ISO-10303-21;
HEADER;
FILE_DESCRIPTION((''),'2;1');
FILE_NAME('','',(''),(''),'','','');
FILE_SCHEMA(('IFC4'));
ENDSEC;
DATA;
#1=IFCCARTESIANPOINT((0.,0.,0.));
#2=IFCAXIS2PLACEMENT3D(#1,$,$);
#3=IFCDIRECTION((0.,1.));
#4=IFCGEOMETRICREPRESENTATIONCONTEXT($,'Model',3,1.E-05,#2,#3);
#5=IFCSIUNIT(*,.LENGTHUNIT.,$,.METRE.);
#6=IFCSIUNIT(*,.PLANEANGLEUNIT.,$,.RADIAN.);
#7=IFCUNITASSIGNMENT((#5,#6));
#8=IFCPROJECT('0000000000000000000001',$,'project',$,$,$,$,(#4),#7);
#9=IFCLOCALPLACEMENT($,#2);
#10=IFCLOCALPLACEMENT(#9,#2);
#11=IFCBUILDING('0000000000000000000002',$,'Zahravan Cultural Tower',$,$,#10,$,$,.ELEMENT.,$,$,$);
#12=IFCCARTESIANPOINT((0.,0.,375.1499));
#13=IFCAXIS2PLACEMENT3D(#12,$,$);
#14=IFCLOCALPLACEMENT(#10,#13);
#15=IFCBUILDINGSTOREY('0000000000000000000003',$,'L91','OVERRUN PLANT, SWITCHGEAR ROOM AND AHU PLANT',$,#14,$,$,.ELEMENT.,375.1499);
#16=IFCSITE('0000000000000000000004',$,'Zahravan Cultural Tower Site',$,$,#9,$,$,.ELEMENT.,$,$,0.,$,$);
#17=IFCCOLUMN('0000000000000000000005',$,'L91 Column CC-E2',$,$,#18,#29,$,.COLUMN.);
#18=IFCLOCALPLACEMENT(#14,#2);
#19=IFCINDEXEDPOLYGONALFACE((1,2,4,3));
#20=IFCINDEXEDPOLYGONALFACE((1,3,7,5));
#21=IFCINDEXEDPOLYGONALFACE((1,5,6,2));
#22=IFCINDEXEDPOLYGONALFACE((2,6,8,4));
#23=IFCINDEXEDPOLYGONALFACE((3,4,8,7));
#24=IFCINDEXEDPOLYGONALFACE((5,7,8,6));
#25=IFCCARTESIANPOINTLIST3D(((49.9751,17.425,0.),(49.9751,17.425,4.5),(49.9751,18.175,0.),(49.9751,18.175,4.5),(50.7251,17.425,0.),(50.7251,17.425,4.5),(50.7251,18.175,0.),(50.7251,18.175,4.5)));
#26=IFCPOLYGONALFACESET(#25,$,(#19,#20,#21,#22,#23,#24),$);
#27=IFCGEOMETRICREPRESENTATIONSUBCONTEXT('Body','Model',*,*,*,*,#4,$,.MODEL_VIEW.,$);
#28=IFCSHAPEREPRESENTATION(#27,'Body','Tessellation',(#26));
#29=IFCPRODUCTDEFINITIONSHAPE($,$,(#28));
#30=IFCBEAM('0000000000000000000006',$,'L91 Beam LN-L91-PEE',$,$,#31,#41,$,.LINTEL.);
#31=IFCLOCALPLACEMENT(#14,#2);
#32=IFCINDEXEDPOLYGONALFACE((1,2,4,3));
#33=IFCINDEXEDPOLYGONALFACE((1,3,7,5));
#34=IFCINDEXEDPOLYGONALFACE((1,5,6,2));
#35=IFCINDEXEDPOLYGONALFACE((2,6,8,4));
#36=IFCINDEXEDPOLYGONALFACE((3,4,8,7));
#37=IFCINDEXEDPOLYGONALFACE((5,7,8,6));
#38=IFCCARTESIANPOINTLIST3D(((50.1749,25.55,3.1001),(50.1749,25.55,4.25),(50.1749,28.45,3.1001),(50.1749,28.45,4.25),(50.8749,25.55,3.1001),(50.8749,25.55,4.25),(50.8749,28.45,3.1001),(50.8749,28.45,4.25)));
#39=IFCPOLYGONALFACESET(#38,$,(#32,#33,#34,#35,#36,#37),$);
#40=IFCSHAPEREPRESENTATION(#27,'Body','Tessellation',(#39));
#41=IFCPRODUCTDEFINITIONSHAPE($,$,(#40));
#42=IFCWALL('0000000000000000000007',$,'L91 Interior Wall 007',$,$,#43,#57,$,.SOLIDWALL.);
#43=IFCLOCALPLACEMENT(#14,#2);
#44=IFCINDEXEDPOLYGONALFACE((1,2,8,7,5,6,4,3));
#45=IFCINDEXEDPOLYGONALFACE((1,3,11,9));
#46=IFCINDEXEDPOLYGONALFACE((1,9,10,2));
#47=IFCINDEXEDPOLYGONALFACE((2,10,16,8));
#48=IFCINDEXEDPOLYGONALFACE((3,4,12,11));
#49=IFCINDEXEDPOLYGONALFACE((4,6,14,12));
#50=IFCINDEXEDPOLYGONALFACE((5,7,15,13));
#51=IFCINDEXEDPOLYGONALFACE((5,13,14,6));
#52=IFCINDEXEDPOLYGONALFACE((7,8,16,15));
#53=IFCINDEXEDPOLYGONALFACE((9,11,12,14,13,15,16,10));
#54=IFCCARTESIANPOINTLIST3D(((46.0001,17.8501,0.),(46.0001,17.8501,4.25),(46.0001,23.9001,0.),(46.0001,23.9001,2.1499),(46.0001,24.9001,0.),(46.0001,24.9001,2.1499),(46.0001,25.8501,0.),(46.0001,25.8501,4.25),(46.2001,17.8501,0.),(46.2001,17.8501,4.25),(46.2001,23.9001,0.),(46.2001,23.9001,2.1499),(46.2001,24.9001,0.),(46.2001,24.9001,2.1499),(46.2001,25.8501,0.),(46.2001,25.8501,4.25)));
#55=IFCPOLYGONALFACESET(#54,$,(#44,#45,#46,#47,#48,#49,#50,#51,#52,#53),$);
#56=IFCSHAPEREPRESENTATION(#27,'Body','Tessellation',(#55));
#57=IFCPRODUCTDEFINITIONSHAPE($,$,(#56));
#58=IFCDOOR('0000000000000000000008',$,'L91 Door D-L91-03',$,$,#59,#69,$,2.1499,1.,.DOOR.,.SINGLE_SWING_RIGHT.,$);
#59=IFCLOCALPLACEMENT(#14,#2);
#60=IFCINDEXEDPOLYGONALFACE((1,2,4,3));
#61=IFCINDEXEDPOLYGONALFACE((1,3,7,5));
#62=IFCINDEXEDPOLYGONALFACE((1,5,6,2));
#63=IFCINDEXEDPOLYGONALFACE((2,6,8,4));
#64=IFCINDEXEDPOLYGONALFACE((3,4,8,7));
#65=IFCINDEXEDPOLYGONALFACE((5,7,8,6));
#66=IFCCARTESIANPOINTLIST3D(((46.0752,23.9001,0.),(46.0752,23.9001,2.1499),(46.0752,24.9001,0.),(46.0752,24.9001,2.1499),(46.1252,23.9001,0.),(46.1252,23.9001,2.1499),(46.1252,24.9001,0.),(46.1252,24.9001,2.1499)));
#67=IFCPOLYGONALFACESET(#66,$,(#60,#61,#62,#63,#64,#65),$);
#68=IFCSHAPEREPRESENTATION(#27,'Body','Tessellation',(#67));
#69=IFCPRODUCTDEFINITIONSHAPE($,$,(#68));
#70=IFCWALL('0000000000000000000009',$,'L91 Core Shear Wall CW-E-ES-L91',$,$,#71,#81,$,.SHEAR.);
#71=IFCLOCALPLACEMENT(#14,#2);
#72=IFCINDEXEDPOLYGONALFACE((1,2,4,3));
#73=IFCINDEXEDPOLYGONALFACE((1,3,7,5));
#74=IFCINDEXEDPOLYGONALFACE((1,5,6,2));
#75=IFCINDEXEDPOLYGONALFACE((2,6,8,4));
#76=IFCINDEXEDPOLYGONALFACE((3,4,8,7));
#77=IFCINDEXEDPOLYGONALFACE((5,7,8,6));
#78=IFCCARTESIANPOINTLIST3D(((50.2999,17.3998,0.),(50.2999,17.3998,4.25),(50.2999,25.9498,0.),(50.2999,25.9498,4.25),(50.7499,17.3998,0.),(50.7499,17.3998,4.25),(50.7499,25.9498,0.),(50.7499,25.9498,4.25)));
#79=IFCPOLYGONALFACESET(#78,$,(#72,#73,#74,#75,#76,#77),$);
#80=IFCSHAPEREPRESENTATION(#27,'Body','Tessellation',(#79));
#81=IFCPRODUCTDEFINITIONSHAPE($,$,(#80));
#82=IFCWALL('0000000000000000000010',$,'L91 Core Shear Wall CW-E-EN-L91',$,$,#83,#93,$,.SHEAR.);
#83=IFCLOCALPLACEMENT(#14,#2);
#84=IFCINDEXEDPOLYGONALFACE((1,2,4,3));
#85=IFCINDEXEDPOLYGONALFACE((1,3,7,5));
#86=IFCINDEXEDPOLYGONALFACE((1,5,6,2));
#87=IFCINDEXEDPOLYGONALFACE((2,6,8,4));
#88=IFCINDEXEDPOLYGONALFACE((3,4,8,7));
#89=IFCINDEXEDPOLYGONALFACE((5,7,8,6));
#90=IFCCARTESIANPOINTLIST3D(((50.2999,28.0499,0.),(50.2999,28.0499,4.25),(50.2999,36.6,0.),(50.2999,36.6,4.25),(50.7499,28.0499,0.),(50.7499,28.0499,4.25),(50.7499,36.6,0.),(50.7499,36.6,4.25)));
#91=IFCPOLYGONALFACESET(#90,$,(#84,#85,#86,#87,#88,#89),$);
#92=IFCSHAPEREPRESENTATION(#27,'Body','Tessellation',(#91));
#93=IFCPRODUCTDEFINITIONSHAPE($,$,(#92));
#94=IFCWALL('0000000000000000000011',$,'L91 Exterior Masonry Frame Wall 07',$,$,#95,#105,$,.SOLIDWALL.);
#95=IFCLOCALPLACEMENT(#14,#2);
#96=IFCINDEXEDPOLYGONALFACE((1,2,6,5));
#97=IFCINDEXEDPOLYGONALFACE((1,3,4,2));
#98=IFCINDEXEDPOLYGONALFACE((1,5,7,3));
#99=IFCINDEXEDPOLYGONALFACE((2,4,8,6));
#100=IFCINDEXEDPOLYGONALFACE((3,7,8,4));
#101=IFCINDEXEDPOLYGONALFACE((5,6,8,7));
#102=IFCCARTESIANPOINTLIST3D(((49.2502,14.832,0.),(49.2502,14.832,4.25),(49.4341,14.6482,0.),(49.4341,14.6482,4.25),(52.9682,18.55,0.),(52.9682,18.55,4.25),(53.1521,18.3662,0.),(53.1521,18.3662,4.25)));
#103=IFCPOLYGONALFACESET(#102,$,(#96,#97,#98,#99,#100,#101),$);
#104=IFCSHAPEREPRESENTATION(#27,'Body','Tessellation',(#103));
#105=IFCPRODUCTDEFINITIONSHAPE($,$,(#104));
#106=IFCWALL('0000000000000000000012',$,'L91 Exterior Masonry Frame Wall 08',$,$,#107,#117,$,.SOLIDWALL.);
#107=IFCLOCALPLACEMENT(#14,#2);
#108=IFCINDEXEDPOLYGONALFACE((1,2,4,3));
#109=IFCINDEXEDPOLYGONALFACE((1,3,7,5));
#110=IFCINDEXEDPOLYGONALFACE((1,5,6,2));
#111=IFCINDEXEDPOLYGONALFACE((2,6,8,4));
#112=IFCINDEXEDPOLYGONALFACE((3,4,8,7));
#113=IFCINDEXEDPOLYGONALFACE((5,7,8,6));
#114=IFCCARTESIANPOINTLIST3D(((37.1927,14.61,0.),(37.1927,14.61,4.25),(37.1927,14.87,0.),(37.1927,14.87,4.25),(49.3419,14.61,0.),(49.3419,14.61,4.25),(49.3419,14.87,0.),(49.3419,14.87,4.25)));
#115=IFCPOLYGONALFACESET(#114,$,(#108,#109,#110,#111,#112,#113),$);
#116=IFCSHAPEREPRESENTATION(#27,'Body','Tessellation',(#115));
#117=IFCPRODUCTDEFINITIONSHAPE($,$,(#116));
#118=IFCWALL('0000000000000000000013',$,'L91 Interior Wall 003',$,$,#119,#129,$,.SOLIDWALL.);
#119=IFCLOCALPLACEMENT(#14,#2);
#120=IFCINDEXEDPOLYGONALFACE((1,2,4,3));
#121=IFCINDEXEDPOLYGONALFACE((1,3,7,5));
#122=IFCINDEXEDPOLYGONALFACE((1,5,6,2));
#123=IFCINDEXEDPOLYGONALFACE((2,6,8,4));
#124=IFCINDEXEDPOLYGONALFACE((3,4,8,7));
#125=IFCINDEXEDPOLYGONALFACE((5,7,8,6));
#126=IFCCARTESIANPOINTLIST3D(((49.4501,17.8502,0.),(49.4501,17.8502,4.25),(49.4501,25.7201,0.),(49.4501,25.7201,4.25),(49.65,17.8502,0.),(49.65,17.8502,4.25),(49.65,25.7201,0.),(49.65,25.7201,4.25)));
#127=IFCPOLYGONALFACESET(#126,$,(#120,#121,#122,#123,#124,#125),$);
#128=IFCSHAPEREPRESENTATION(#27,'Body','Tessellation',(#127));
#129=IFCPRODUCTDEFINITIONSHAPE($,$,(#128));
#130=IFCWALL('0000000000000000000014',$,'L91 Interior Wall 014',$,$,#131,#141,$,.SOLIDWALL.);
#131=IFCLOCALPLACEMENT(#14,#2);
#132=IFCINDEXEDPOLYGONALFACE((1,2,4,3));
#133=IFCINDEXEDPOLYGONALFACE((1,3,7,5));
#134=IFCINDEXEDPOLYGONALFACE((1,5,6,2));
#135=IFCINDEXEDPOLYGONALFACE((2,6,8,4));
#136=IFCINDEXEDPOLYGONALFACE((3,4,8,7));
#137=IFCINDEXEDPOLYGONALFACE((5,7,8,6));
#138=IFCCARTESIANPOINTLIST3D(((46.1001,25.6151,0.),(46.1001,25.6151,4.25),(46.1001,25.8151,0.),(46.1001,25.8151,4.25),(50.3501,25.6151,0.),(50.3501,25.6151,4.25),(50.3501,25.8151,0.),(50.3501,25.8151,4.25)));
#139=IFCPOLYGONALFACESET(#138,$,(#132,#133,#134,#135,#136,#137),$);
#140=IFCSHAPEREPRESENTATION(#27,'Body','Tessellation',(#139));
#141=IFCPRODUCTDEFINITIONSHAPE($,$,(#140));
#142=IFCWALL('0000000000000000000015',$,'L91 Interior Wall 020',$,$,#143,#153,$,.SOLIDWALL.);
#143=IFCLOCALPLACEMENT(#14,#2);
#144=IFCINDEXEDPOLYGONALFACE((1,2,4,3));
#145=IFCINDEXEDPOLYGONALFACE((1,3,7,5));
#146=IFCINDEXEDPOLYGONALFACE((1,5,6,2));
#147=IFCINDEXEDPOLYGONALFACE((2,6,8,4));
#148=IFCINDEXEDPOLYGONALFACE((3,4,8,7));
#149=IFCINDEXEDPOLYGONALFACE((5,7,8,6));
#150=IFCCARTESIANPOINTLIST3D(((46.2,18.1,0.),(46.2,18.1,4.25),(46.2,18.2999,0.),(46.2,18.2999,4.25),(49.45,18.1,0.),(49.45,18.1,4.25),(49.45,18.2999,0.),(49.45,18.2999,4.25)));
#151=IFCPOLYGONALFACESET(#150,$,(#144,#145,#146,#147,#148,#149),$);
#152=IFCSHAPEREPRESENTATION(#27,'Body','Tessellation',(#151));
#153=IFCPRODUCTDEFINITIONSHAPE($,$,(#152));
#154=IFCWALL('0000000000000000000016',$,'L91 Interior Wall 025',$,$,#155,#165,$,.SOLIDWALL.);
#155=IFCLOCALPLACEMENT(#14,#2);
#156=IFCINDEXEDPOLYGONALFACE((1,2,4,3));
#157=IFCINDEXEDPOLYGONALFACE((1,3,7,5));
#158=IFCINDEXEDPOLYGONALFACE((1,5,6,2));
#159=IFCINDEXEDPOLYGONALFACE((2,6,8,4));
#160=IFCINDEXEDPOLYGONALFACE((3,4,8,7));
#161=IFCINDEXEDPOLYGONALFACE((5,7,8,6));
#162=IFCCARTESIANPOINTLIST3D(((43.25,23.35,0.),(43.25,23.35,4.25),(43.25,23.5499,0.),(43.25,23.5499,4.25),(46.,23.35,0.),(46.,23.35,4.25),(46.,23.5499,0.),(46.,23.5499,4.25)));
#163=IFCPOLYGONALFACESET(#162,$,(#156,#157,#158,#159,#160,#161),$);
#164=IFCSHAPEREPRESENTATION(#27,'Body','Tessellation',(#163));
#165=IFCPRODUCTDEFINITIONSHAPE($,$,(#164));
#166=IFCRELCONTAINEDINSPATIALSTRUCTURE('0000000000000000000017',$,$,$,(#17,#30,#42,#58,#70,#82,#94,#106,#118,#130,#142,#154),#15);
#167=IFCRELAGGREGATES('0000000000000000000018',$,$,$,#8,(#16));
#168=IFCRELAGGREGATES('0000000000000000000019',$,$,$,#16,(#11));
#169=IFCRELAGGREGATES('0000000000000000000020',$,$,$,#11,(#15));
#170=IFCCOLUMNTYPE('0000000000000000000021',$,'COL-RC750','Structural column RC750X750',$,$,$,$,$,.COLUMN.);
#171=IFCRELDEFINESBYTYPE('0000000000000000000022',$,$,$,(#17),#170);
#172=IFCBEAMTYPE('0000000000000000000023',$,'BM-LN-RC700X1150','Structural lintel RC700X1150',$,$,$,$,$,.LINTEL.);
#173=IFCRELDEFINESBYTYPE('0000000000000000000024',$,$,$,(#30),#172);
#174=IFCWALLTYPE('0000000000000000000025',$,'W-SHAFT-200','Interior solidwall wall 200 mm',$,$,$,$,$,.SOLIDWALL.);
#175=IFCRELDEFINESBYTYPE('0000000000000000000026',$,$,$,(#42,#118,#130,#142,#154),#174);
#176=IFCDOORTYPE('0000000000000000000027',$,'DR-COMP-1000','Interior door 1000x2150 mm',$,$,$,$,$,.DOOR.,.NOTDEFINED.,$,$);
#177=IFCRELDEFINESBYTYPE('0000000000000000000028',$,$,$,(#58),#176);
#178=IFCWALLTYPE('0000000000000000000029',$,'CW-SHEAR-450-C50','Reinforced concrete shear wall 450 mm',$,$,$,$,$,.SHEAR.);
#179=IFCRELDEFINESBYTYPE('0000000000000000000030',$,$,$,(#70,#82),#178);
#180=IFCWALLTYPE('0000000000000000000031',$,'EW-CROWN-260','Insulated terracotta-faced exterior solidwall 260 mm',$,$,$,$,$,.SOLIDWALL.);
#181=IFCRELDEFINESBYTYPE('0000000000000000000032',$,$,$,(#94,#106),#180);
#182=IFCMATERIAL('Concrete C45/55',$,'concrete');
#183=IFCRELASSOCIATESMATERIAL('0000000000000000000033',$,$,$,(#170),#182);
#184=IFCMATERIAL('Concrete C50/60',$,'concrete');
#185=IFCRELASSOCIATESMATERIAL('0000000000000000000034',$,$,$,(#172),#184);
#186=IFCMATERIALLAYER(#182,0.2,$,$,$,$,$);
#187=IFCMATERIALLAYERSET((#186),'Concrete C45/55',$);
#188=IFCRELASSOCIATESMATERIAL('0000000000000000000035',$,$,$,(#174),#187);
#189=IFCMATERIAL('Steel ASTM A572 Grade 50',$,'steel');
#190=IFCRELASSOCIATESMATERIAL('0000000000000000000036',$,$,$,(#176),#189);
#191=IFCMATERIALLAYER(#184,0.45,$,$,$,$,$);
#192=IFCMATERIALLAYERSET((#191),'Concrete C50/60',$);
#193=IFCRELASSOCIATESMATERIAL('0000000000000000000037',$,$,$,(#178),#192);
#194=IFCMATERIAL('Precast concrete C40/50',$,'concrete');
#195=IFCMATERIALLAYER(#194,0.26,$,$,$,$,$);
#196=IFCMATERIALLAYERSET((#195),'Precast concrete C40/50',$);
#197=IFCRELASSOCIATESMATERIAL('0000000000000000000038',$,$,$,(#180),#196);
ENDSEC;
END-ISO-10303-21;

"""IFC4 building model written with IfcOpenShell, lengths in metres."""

from ifc_helpers import new_model, si_unit, direction, frame, frame_2d, origin, origin_2d, place, context, subcontext, project, spatial, rectangle, extrude, source, transform, mapped, material, layer, layer_set, material_profile, profile_set, type_object, element, fill, save


model = new_model("IFC4")

# Units and contexts
model_context = context("Model", 3, precision=1e-05, world=origin(), true_north=direction((0.0, 1.0)))
body_context = subcontext(model_context, "Body", "Model", "MODEL_VIEW")
ifc_project = project(units=[si_unit("LENGTHUNIT", "METRE"), si_unit("PLANEANGLEUNIT", "RADIAN")], contexts=[model_context])

# Site, building, storey
site_placement = place(None, origin())
site = spatial("IfcSite", under=ifc_project, at=site_placement, Name="Zahravan Cultural Tower Site", CompositionType="ELEMENT", RefElevation=0.0)
building_placement = place(site_placement, origin())
building = spatial("IfcBuilding", under=site, at=building_placement, Name="Zahravan Cultural Tower", CompositionType="ELEMENT")
storey_placement = place(building_placement, frame((0.0, 0.0, 375.1499)))
storey = spatial("IfcBuildingStorey", under=building, at=storey_placement, Name="L91", Description="OVERRUN PLANT, SWITCHGEAR ROOM AND AHU PLANT", CompositionType="ELEMENT", Elevation=375.1499)

# Column
ifc_material_1 = material(Name="Concrete C45/55", Category="concrete")
ifc_material_profile_1 = material_profile(ifc_material_1, rectangle(XDim=0.75, YDim=0.75, at=origin_2d()), Name="RC750X750")
ifc_profile_set_1 = profile_set([ifc_material_profile_1], Name="Concrete C45/55")
column_type = type_object("IfcColumnType", Name="COL-RC750", Description="Structural column RC750X750", PredefinedType="COLUMN", material=ifc_profile_set_1)
shared_shape_1 = source(origin(), body_context, "Body", "SweptSolid", [
    extrude(rectangle(XDim=0.75, YDim=0.75, at=origin_2d()), origin(), (0.0, 0.0, 1.0), 4.5),
])
column_placement = place(storey_placement, frame((50.3501, 17.8, 0.0), z_axis=(0.0, 0.0, 1.0), x_axis=(1.0, 0.0, 0.0)))
element("IfcColumn", 1, at=column_placement, inside=storey, type_object=column_type, Name="L91 Column CC-E2", PredefinedType="COLUMN", context=body_context, shape_type="MappedRepresentation", body=[
    mapped(shared_shape_1, transform((0.0, 0.0, 0.0), x_axis=(1.0, 0.0, 0.0), y_axis=(0.0, 1.0, 0.0), z_axis=(0.0, 0.0, 1.0), scale=1.0)),
])

# Beam
ifc_material_2 = material(Name="Concrete C50/60", Category="concrete")
ifc_material_profile_2 = material_profile(ifc_material_2, rectangle(XDim=0.7, YDim=1.1499, at=origin_2d()), Name="RC700X1150")
ifc_profile_set_2 = profile_set([ifc_material_profile_2], Name="Concrete C50/60")
beam_type = type_object("IfcBeamType", Name="BM-LN-RC700X1150", Description="Structural lintel RC700X1150", PredefinedType="LINTEL", material=ifc_profile_set_2)
shared_shape_2 = source(origin(), body_context, "Body", "SweptSolid", [
    extrude(rectangle(XDim=0.7, YDim=1.1499, at=origin_2d()), origin(), (0.0, 0.0, 1.0), 2.8999),
])
beam_placement = place(storey_placement, frame((50.5249, 25.55, 3.675), z_axis=(0.0, 1.0, 0.0), x_axis=(-1.0, 0.0, 0.0)))
element("IfcBeam", 2, at=beam_placement, inside=storey, type_object=beam_type, Name="L91 Beam LN-L91-PEE", PredefinedType="LINTEL", context=body_context, shape_type="MappedRepresentation", body=[
    mapped(shared_shape_2, transform((0.0, 0.0, 0.0), x_axis=(1.0, 0.0, 0.0), y_axis=(0.0, 1.0, 0.0), z_axis=(0.0, 0.0, 1.0), scale=1.0)),
])

# Wall, opening, door
ifc_layer_1 = layer(ifc_material_1, 0.2)
ifc_layer_set_1 = layer_set([ifc_layer_1], Name="Concrete C45/55")
wall_type_1 = type_object("IfcWallType", Name="W-SHAFT-200", Description="Interior solidwall wall 200 mm", PredefinedType="SOLIDWALL", material=ifc_layer_set_1)
wall_1_placement = place(storey_placement, frame((46.1001, 17.8501, 0.0), z_axis=(0.0, 0.0, 1.0), x_axis=(0.0, 1.0, 0.0)))
wall_1 = element("IfcWall", 3, at=wall_1_placement, inside=storey, type_object=wall_type_1, Name="L91 Interior Wall 007", PredefinedType="SOLIDWALL", context=body_context, shape_type="SweptSolid", body=[
    extrude(rectangle(XDim=8.0, YDim=0.2, at=frame_2d((4.0, 0.0))), origin(), (0.0, 0.0, 1.0), 4.25),
])
opening_placement = place(wall_1_placement, frame((6.05, 0.0, 0.0)))
opening = element("IfcOpeningElement", 4, at=opening_placement, cuts=wall_1, PredefinedType="OPENING", context=body_context, shape_type="SweptSolid", body=[
    extrude(rectangle(XDim=1.0, YDim=2.1499, at=frame_2d((0.5, 1.075))), frame((0.0, 0.1099, 0.0), z_axis=(0.0, -1.0, 0.0), x_axis=(1.0, 0.0, 0.0)), (0.0, 0.0, 1.0), 0.22),
])
ifc_material_3 = material(Name="Steel ASTM A572 Grade 50", Category="steel")
door_type = type_object("IfcDoorType", Name="DR-COMP-1000", Description="Interior door 1000x2150 mm", OperationType="NOTDEFINED", PredefinedType="DOOR", material=ifc_material_3)
shared_shape_3 = source(origin(), body_context, "Body", "SweptSolid", [
    extrude(rectangle(XDim=1.0, YDim=2.1499, at=frame_2d((0.5, 1.075))), frame((0.0, 0.0249, 0.0), z_axis=(0.0, -1.0, 0.0), x_axis=(1.0, 0.0, 0.0)), (0.0, 0.0, 1.0), 0.05),
])
door_placement = place(opening_placement, origin())
door = element("IfcDoor", 5, at=door_placement, inside=storey, type_object=door_type, Name="L91 Door D-L91-03", OperationType="SINGLE_SWING_RIGHT", OverallHeight=2.1499, OverallWidth=1.0, PredefinedType="DOOR", context=body_context, shape_type="MappedRepresentation", body=[
    mapped(shared_shape_3, transform((0.0, 0.0, 0.0), x_axis=(1.0, 0.0, 0.0), y_axis=(0.0, 1.0, 0.0), z_axis=(0.0, 0.0, 1.0), scale=1.0)),
])
fill(opening, door)

# Walls
ifc_layer_2 = layer(ifc_material_2, 0.45)
ifc_layer_set_2 = layer_set([ifc_layer_2], Name="Concrete C50/60")
wall_type_2 = type_object("IfcWallType", Name="CW-SHEAR-450-C50", Description="Reinforced concrete shear wall 450 mm", PredefinedType="SHEAR", material=ifc_layer_set_2)
shared_shape_4 = source(origin(), body_context, "Body", "SweptSolid", [
    extrude(rectangle(XDim=8.55, YDim=0.45, at=frame_2d((4.2749, 0.0))), origin(), (0.0, 0.0, 1.0), 4.25),
])
for number, where, z_axis, x_axis, name in (
    (6, (50.5249, 17.3999, 0.0), (0.0, 0.0, 1.0), (0.0, 1.0, 0.0), "L91 Core Shear Wall CW-E-ES-L91"),
    (7, (50.5249, 28.05, 0.0), (0.0, 0.0, 1.0), (0.0, 1.0, 0.0), "L91 Core Shear Wall CW-E-EN-L91"),
):
    element("IfcWall", number, at=place(storey_placement, frame(where, z_axis=z_axis, x_axis=x_axis)), inside=storey, type_object=wall_type_2, Name=name, PredefinedType="SHEAR", context=body_context, shape_type="MappedRepresentation", body=[
        mapped(shared_shape_4, transform((0.0, 0.0, 0.0), x_axis=(1.0, 0.0, 0.0), y_axis=(0.0, 1.0, 0.0), z_axis=(0.0, 0.0, 1.0), scale=1.0)),
    ])
ifc_material_4 = material(Name="Precast concrete C40/50", Category="concrete")
ifc_layer_3 = layer(ifc_material_4, 0.26)
ifc_layer_set_3 = layer_set([ifc_layer_3], Name="Precast concrete C40/50")
wall_type_3 = type_object("IfcWallType", Name="EW-CROWN-260", Description="Insulated terracotta-faced exterior solidwall 260 mm", PredefinedType="SOLIDWALL", material=ifc_layer_set_3)
shared_shape_5 = source(origin(), body_context, "Body", "SweptSolid", [
    extrude(rectangle(XDim=5.2581, YDim=0.26, at=frame_2d((2.6289, 0.0))), origin(), (0.0, 0.0, 1.0), 4.25),
])
wall_2_placement = place(storey_placement, frame((53.0601, 18.458, 0.0), z_axis=(0.0, 0.0, 1.0), x_axis=(-0.707107, -0.707107, 0.0)))
element("IfcWall", 8, at=wall_2_placement, inside=storey, type_object=wall_type_3, Name="L91 Exterior Masonry Frame Wall 07", PredefinedType="SOLIDWALL", context=body_context, shape_type="MappedRepresentation", body=[
    mapped(shared_shape_5, transform((0.0, 0.0, 0.0), x_axis=(1.0, 0.0, 0.0), y_axis=(0.0, 1.0, 0.0), z_axis=(0.0, 0.0, 1.0), scale=1.0)),
])
shared_shape_6 = source(origin(), body_context, "Body", "SweptSolid", [
    extrude(rectangle(XDim=12.1492, YDim=0.26, at=frame_2d((6.0747, 0.0))), origin(), (0.0, 0.0, 1.0), 4.25),
])
wall_3_placement = place(storey_placement, frame((49.342, 14.74, 0.0), z_axis=(0.0, 0.0, 1.0), x_axis=(-1.0, 0.0, 0.0)))
element("IfcWall", 9, at=wall_3_placement, inside=storey, type_object=wall_type_3, Name="L91 Exterior Masonry Frame Wall 08", PredefinedType="SOLIDWALL", context=body_context, shape_type="MappedRepresentation", body=[
    mapped(shared_shape_6, transform((0.0, 0.0, 0.0), x_axis=(1.0, 0.0, 0.0), y_axis=(0.0, 1.0, 0.0), z_axis=(0.0, 0.0, 1.0), scale=1.0)),
])
shared_shape_7 = source(origin(), body_context, "Body", "SweptSolid", [
    extrude(rectangle(XDim=7.8699, YDim=0.2, at=frame_2d((3.9351, 0.0))), origin(), (0.0, 0.0, 1.0), 4.25),
])
wall_4_placement = place(storey_placement, frame((49.55, 17.8501, 0.0), z_axis=(0.0, 0.0, 1.0), x_axis=(0.0, 1.0, 0.0)))
element("IfcWall", 10, at=wall_4_placement, inside=storey, type_object=wall_type_1, Name="L91 Interior Wall 003", PredefinedType="SOLIDWALL", context=body_context, shape_type="MappedRepresentation", body=[
    mapped(shared_shape_7, transform((0.0, 0.0, 0.0), x_axis=(1.0, 0.0, 0.0), y_axis=(0.0, 1.0, 0.0), z_axis=(0.0, 0.0, 1.0), scale=1.0)),
])
shared_shape_8 = source(origin(), body_context, "Body", "SweptSolid", [
    extrude(rectangle(XDim=4.25, YDim=0.2, at=frame_2d((2.125, 0.0))), origin(), (0.0, 0.0, 1.0), 4.25),
])
wall_5_placement = place(storey_placement, frame((46.1001, 25.7151, 0.0), z_axis=(0.0, 0.0, 1.0), x_axis=(1.0, 0.0, 0.0)))
element("IfcWall", 11, at=wall_5_placement, inside=storey, type_object=wall_type_1, Name="L91 Interior Wall 014", PredefinedType="SOLIDWALL", context=body_context, shape_type="MappedRepresentation", body=[
    mapped(shared_shape_8, transform((0.0, 0.0, 0.0), x_axis=(1.0, 0.0, 0.0), y_axis=(0.0, 1.0, 0.0), z_axis=(0.0, 0.0, 1.0), scale=1.0)),
])
shared_shape_9 = source(origin(), body_context, "Body", "SweptSolid", [
    extrude(rectangle(XDim=3.25, YDim=0.2, at=frame_2d((1.625, 0.0))), origin(), (0.0, 0.0, 1.0), 4.25),
])
wall_6_placement = place(storey_placement, frame((46.2, 18.2, 0.0), z_axis=(0.0, 0.0, 1.0), x_axis=(1.0, 0.0, 0.0)))
element("IfcWall", 12, at=wall_6_placement, inside=storey, type_object=wall_type_1, Name="L91 Interior Wall 020", PredefinedType="SOLIDWALL", context=body_context, shape_type="MappedRepresentation", body=[
    mapped(shared_shape_9, transform((0.0, 0.0, 0.0), x_axis=(1.0, 0.0, 0.0), y_axis=(0.0, 1.0, 0.0), z_axis=(0.0, 0.0, 1.0), scale=1.0)),
])
shared_shape_10 = source(origin(), body_context, "Body", "SweptSolid", [
    extrude(rectangle(XDim=2.75, YDim=0.2, at=frame_2d((1.375, 0.0))), origin(), (0.0, 0.0, 1.0), 4.25),
])
wall_7_placement = place(storey_placement, frame((43.25, 23.45, 0.0), z_axis=(0.0, 0.0, 1.0), x_axis=(1.0, 0.0, 0.0)))
element("IfcWall", 13, at=wall_7_placement, inside=storey, type_object=wall_type_1, Name="L91 Interior Wall 025", PredefinedType="SOLIDWALL", context=body_context, shape_type="MappedRepresentation", body=[
    mapped(shared_shape_10, transform((0.0, 0.0, 0.0), x_axis=(1.0, 0.0, 0.0), y_axis=(0.0, 1.0, 0.0), z_axis=(0.0, 0.0, 1.0), scale=1.0)),
])

save(model, "model.ifc")
